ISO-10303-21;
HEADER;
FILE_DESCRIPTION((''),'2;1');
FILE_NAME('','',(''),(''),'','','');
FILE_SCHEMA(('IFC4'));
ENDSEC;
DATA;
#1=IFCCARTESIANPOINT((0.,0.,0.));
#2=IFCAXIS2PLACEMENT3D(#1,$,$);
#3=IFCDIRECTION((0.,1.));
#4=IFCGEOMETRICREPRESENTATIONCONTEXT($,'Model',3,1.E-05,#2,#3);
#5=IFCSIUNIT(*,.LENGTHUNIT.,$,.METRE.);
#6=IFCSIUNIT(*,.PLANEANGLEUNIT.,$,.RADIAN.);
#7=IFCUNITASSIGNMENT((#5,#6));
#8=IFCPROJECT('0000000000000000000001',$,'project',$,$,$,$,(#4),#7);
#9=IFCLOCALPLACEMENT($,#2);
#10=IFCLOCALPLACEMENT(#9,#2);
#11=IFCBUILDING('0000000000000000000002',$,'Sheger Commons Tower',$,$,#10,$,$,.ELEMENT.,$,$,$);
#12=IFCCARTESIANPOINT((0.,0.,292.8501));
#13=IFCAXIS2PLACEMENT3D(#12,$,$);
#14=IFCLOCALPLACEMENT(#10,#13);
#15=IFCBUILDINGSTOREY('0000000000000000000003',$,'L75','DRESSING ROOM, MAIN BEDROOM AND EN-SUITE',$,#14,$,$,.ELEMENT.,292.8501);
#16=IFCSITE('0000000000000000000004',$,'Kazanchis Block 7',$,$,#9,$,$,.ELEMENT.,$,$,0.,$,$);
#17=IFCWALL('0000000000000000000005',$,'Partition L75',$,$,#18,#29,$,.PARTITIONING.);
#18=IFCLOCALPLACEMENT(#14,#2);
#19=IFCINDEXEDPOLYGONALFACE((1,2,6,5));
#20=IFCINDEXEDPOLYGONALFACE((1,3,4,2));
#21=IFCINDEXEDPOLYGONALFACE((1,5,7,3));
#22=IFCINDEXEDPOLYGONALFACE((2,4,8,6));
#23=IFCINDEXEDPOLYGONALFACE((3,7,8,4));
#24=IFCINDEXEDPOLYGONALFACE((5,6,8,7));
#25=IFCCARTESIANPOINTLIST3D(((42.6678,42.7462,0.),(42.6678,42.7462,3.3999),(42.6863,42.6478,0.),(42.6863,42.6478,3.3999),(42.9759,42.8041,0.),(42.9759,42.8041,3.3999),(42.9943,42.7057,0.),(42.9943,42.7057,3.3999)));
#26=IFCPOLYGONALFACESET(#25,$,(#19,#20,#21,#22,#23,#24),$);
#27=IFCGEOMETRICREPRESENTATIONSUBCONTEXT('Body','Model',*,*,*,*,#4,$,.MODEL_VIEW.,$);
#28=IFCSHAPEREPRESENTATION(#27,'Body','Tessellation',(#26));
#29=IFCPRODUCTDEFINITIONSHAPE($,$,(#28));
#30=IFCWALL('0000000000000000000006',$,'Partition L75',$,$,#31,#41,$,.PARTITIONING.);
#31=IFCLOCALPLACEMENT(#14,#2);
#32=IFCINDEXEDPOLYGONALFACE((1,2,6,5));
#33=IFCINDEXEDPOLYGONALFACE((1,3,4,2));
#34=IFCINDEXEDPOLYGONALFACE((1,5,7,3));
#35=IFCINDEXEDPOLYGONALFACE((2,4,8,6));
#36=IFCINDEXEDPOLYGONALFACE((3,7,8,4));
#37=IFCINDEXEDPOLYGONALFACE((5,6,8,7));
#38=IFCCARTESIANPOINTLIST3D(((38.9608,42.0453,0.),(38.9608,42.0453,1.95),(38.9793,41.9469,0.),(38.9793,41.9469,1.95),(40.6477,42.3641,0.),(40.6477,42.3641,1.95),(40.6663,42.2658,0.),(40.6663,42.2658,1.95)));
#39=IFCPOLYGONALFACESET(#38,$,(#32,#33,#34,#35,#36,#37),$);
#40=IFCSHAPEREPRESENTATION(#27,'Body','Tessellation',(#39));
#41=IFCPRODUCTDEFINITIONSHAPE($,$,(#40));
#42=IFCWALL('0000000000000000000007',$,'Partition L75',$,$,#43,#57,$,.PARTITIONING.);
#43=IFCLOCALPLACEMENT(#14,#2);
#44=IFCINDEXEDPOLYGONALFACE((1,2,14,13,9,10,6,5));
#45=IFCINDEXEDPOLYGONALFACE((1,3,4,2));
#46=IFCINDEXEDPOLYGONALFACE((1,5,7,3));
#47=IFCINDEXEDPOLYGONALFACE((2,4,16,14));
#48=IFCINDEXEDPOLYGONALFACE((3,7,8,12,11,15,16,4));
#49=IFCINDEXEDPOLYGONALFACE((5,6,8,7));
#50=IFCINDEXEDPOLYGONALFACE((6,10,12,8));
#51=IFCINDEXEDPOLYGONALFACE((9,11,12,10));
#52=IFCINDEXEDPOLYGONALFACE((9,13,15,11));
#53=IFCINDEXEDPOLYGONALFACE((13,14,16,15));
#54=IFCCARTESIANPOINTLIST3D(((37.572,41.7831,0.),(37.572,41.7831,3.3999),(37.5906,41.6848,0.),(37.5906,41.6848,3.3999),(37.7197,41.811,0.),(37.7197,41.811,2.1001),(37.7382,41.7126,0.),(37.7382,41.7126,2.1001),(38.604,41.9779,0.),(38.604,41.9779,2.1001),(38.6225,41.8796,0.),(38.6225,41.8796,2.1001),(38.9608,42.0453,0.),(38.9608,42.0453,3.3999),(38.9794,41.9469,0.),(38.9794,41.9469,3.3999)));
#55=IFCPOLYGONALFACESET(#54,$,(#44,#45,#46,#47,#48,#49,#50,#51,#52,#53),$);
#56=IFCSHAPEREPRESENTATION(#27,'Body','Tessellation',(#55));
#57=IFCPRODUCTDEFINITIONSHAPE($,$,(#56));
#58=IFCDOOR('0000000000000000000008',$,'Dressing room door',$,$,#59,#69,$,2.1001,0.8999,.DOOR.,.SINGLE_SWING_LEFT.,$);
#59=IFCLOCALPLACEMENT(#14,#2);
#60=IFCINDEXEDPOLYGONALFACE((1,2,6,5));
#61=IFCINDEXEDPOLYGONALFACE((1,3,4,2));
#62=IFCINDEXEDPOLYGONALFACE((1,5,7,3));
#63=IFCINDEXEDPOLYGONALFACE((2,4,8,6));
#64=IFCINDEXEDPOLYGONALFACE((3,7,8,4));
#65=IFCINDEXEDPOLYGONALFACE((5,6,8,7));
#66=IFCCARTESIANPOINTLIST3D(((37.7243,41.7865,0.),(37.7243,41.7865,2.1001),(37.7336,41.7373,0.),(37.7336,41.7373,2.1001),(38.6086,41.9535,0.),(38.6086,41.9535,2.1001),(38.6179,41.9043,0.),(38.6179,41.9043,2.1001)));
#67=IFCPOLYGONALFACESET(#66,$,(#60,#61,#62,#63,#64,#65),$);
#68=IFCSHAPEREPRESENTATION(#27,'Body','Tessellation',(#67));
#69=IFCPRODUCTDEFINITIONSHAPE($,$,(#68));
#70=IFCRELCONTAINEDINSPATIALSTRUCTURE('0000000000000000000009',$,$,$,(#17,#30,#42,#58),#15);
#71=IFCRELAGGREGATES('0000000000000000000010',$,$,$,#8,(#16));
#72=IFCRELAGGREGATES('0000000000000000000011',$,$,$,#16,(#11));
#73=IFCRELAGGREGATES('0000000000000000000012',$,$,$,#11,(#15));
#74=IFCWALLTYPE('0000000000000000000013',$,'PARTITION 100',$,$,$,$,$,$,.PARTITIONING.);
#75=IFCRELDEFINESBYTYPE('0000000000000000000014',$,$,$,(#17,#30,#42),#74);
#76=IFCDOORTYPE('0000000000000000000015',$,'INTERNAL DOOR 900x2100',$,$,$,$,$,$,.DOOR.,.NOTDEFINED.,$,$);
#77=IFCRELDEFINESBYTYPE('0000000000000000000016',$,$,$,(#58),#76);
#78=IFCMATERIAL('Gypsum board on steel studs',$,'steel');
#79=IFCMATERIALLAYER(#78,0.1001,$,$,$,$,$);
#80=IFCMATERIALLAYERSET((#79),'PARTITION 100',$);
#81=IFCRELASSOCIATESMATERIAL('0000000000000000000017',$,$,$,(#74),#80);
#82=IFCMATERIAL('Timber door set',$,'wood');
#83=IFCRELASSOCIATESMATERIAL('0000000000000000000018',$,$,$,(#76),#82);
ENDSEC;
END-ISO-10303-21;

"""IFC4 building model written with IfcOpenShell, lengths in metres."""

from ifc_helpers import new_model, si_unit, direction, frame, frame_2d, origin, place, context, subcontext, project, spatial, rectangle, extrude, material, layer, layer_set, type_object, element, fill, save


model = new_model("IFC4")

# Units and contexts
model_context = context("Model", 3, precision=1e-05, world=origin(), true_north=direction((0.0, 1.0)))
body_context = subcontext(model_context, "Body", "Model", "MODEL_VIEW")
ifc_project = project(units=[si_unit("LENGTHUNIT", "METRE"), si_unit("PLANEANGLEUNIT", "RADIAN")], contexts=[model_context])

# Site, building, storey
site_placement = place(None, origin())
site = spatial("IfcSite", under=ifc_project, at=site_placement, Name="Kazanchis Block 7", CompositionType="ELEMENT", RefElevation=0.0)
building_placement = place(site_placement, origin())
building = spatial("IfcBuilding", under=site, at=building_placement, Name="Sheger Commons Tower", CompositionType="ELEMENT")
storey_placement = place(building_placement, frame((0.0, 0.0, 292.8501)))
storey = spatial("IfcBuildingStorey", under=building, at=storey_placement, Name="L75", Description="DRESSING ROOM, MAIN BEDROOM AND EN-SUITE", CompositionType="ELEMENT", Elevation=292.8501)

# Walls
ifc_material_1 = material(Name="Gypsum board on steel studs", Category="steel")
ifc_layer_1 = layer(ifc_material_1, 0.1001)
ifc_layer_set_1 = layer_set([ifc_layer_1], Name="PARTITION 100")
wall_type_1 = type_object("IfcWallType", Name="PARTITION 100", PredefinedType="PARTITIONING", material=ifc_layer_set_1)
wall_1_placement = place(storey_placement, frame((42.9851, 42.7549, 0.0), z_axis=(0.0, 0.0, 1.0), x_axis=(-0.982819, -0.184571, 0.0)))
element("IfcWall", 1, at=wall_1_placement, inside=storey, type_object=wall_type_1, Name="Partition L75", PredefinedType="PARTITIONING", context=body_context, shape_type="SweptSolid", body=[
    extrude(rectangle(XDim=0.3135, YDim=0.1001, at=frame_2d((0.1567, 0.0))), origin(), (0.0, 0.0, 1.0), 3.3999),
])
wall_2_placement = place(storey_placement, frame((40.657, 42.3149, 0.0), z_axis=(0.0, 0.0, 1.0), x_axis=(-0.982604, -0.185714, 0.0)))
element("IfcWall", 2, at=wall_2_placement, inside=storey, type_object=wall_type_1, Name="Partition L75", PredefinedType="PARTITIONING", context=body_context, shape_type="SweptSolid", body=[
    extrude(rectangle(XDim=1.7168, YDim=0.1001, at=frame_2d((0.8584, 0.0))), origin(), (0.0, 0.0, 1.0), 1.95),
])

# Wall, opening, door
wall_3_placement = place(storey_placement, frame((38.97, 41.9961, 0.0), z_axis=(0.0, 0.0, 1.0), x_axis=(-0.982643, -0.185509, 0.0)))
wall_3 = element("IfcWall", 3, at=wall_3_placement, inside=storey, type_object=wall_type_1, Name="Partition L75", PredefinedType="PARTITIONING", context=body_context, shape_type="SweptSolid", body=[
    extrude(rectangle(XDim=1.4133, YDim=0.1001, at=frame_2d((0.7065, 0.0))), origin(), (0.0, 0.0, 1.0), 3.3999),
])
opening_1_placement = place(wall_3_placement, frame((0.363, 0.0, 0.0)))
opening_1 = element("IfcOpeningElement", 4, at=opening_1_placement, cuts=wall_3, PredefinedType="OPENING", context=body_context, shape_type="SweptSolid", body=[
    extrude(rectangle(XDim=0.8999, YDim=2.1001, at=frame_2d((0.45, 1.05))), frame((0.0, 0.0601, 0.0), z_axis=(0.0, -1.0, 0.0), x_axis=(1.0, 0.0, 0.0)), (0.0, 0.0, 1.0), 0.1201),
])
ifc_material_2 = material(Name="Timber door set", Category="wood")
door_type = type_object("IfcDoorType", Name="INTERNAL DOOR 900x2100", OperationType="NOTDEFINED", PredefinedType="DOOR", material=ifc_material_2)
door_placement = place(opening_1_placement, origin())
door = element("IfcDoor", 5, at=door_placement, inside=storey, type_object=door_type, Name="Dressing room door", OperationType="SINGLE_SWING_LEFT", OverallHeight=2.1001, OverallWidth=0.8999, PredefinedType="DOOR", context=body_context, shape_type="SweptSolid", body=[
    extrude(rectangle(XDim=0.8999, YDim=2.1001, at=frame_2d((0.45, 1.05))), frame((0.0, 0.0249, 0.0), z_axis=(0.0, -1.0, 0.0), x_axis=(1.0, 0.0, 0.0)), (0.0, 0.0, 1.0), 0.05),
])
fill(opening_1, door)

save(model, "model.ifc")
